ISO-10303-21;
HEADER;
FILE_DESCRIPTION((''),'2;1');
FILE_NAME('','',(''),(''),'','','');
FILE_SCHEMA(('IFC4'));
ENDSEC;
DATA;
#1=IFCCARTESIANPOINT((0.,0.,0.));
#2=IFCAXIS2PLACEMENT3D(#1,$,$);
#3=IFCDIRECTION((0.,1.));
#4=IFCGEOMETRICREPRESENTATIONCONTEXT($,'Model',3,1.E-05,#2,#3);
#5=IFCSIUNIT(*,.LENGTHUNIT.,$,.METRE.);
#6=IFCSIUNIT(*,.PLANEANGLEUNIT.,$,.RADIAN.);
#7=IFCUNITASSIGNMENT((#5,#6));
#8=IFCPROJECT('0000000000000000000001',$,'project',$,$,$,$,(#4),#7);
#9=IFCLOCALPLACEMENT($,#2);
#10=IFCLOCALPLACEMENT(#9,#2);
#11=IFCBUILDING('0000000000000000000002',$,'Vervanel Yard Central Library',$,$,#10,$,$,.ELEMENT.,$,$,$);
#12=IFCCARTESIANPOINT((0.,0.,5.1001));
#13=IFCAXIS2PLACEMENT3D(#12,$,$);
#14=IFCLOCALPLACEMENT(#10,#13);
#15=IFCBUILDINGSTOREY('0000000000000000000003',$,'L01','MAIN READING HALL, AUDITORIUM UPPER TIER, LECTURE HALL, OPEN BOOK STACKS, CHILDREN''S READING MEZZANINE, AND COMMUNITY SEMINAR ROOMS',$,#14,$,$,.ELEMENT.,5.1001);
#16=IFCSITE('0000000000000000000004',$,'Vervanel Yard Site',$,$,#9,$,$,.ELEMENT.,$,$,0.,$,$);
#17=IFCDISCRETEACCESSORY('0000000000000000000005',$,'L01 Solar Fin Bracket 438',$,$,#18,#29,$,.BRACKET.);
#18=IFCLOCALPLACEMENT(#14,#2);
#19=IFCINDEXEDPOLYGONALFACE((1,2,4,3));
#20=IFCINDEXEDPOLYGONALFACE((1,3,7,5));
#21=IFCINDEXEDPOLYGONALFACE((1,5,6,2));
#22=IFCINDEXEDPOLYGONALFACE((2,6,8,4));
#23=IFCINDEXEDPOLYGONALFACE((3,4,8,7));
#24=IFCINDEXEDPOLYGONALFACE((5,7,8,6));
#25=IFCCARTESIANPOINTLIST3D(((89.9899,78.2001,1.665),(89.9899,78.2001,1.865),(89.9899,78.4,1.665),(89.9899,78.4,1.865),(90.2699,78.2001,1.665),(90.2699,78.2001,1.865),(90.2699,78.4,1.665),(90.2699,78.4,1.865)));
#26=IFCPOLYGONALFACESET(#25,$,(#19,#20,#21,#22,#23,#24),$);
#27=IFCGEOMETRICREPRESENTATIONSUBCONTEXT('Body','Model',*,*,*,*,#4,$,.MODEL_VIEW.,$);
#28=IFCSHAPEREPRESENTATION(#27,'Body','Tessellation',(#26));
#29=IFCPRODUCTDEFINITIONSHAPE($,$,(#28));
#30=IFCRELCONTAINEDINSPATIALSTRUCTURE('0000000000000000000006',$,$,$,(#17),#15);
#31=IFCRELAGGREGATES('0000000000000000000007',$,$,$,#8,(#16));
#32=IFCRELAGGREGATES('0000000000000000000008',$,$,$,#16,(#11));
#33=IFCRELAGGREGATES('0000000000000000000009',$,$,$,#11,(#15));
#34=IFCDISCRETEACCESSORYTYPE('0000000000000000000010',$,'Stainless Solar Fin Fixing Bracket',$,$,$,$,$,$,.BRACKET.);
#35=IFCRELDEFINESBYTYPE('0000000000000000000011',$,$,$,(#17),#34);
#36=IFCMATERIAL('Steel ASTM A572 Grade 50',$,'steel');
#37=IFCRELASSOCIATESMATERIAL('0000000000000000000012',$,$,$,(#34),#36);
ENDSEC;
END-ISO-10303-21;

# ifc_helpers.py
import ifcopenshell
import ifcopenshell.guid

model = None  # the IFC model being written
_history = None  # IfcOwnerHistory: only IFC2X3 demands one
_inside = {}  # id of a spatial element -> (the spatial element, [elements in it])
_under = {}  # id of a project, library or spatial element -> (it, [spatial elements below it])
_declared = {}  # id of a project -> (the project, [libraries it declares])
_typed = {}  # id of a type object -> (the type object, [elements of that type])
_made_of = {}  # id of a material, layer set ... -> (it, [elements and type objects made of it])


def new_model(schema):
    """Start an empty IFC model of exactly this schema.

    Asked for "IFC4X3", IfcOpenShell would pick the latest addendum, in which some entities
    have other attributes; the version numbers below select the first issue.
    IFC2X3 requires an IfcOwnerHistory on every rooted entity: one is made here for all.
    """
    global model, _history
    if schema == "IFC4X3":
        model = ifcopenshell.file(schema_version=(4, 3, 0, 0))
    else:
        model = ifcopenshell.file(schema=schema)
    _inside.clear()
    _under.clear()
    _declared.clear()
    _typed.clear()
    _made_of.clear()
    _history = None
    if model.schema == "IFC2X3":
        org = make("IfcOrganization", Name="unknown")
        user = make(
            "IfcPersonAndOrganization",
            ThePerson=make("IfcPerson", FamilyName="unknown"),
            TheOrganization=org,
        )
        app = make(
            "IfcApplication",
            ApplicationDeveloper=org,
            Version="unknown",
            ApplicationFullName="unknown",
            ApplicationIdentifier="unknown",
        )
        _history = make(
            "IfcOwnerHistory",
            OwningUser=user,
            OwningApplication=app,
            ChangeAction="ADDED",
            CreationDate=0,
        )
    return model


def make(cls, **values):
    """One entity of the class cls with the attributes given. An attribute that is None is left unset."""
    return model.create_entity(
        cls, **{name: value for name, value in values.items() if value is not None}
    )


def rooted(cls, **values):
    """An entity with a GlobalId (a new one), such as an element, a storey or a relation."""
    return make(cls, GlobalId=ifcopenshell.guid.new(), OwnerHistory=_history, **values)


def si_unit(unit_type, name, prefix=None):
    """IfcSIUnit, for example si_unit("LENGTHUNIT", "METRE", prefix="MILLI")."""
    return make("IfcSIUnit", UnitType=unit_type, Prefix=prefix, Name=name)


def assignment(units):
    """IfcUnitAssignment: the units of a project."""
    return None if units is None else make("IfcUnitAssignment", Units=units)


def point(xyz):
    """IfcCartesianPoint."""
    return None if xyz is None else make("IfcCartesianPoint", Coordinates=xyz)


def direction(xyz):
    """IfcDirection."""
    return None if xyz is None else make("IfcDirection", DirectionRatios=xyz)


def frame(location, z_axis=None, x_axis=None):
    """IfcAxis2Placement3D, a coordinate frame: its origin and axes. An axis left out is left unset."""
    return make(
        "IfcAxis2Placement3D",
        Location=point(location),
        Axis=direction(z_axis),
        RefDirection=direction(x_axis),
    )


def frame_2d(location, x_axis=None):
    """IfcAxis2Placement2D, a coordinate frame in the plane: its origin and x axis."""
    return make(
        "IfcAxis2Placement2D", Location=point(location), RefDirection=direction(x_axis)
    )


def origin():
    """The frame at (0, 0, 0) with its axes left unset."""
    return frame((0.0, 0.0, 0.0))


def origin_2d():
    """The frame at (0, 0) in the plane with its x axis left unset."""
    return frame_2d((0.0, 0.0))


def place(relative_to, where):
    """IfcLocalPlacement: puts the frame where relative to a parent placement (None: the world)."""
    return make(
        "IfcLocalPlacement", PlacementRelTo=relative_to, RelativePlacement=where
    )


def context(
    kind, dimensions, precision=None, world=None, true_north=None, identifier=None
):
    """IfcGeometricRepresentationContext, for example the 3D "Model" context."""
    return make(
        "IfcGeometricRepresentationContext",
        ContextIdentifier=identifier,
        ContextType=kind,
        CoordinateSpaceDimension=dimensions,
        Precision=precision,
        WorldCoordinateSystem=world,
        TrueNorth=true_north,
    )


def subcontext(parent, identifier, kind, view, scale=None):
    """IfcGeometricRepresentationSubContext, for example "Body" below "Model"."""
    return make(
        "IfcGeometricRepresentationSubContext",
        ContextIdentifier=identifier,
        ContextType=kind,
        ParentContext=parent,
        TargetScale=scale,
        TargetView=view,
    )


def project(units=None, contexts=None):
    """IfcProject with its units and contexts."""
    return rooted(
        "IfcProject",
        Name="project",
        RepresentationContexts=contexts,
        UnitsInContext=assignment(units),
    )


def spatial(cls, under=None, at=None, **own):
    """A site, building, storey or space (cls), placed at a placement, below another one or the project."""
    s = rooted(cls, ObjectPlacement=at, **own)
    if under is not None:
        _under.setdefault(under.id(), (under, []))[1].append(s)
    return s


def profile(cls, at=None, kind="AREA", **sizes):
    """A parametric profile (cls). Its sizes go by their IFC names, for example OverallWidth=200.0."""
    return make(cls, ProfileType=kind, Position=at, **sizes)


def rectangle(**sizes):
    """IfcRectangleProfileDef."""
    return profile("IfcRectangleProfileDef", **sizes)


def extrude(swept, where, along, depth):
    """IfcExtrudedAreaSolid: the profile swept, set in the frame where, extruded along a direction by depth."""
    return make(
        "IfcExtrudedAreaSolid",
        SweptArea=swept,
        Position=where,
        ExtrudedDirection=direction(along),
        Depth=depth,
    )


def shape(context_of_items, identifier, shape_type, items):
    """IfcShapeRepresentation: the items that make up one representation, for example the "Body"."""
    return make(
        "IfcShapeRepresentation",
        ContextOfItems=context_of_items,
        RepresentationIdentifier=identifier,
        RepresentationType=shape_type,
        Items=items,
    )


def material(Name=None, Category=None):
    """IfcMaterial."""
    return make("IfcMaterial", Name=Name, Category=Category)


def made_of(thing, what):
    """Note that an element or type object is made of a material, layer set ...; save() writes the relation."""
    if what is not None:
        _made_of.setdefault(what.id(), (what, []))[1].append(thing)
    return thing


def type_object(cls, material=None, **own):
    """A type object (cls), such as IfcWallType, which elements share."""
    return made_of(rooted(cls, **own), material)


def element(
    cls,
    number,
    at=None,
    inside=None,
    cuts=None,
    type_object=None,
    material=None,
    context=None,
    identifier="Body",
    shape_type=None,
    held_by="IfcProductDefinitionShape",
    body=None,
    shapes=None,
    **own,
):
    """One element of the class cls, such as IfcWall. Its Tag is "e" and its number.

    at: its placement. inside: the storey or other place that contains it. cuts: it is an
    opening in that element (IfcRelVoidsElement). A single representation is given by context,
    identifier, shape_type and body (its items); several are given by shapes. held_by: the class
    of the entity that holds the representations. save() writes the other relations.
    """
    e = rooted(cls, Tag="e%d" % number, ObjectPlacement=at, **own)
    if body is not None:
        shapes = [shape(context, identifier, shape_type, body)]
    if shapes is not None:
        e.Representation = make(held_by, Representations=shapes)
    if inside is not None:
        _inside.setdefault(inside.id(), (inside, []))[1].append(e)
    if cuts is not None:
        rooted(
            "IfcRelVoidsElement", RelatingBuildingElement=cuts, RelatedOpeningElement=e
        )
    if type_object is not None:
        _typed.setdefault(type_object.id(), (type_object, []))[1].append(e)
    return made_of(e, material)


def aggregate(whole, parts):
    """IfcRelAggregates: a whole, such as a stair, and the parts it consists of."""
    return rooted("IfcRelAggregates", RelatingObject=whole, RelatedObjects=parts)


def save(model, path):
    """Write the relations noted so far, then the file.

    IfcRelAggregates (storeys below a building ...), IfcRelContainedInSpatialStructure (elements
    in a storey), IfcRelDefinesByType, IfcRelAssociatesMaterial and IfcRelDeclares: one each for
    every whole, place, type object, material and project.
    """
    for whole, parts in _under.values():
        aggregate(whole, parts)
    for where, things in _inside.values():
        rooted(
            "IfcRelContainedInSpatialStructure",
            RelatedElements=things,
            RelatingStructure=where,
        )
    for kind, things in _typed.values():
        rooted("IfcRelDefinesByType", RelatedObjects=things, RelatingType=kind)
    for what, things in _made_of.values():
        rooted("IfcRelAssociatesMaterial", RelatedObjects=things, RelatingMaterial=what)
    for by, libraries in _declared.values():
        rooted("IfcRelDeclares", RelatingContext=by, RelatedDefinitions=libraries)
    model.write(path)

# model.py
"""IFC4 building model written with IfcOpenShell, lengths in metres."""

from ifc_helpers import new_model, si_unit, direction, frame, origin, origin_2d, place, context, subcontext, project, spatial, rectangle, extrude, material, type_object, element, save


model = new_model("IFC4")

# Units and contexts
model_context = context("Model", 3, precision=1e-05, world=origin(), true_north=direction((0.0, 1.0)))
body_context = subcontext(model_context, "Body", "Model", "MODEL_VIEW")
ifc_project = project(units=[si_unit("LENGTHUNIT", "METRE"), si_unit("PLANEANGLEUNIT", "RADIAN")], contexts=[model_context])

# Site, building, storey
site_placement = place(None, origin())
site = spatial("IfcSite", under=ifc_project, at=site_placement, Name="Vervanel Yard Site", CompositionType="ELEMENT", RefElevation=0.0)
building_placement = place(site_placement, origin())
building = spatial("IfcBuilding", under=site, at=building_placement, Name="Vervanel Yard Central Library", CompositionType="ELEMENT")
storey_placement = place(building_placement, frame((0.0, 0.0, 5.1001)))
storey = spatial("IfcBuildingStorey", under=building, at=storey_placement, Name="L01", Description="MAIN READING HALL, AUDITORIUM UPPER TIER, LECTURE HALL, OPEN BOOK STACKS, CHILDREN'S READING MEZZANINE, AND COMMUNITY SEMINAR ROOMS", CompositionType="ELEMENT", Elevation=5.1001)

# Discrete accessory
ifc_material_1 = material(Name="Steel ASTM A572 Grade 50", Category="steel")
discrete_accessory_type = type_object("IfcDiscreteAccessoryType", Name="Stainless Solar Fin Fixing Bracket", PredefinedType="BRACKET", material=ifc_material_1)
discrete_accessory_placement = place(storey_placement, frame((90.1299, 78.3, 1.665), z_axis=(0.0, 0.0, 1.0), x_axis=(0.0, 1.0, 0.0)))
element("IfcDiscreteAccessory", 1, at=discrete_accessory_placement, inside=storey, type_object=discrete_accessory_type, Name="L01 Solar Fin Bracket 438", PredefinedType="BRACKET", context=body_context, shape_type="SweptSolid", body=[
    extrude(rectangle(XDim=0.2, YDim=0.28, at=origin_2d()), origin(), (0.0, 0.0, 1.0), 0.2),
])

save(model, "model.ifc")
